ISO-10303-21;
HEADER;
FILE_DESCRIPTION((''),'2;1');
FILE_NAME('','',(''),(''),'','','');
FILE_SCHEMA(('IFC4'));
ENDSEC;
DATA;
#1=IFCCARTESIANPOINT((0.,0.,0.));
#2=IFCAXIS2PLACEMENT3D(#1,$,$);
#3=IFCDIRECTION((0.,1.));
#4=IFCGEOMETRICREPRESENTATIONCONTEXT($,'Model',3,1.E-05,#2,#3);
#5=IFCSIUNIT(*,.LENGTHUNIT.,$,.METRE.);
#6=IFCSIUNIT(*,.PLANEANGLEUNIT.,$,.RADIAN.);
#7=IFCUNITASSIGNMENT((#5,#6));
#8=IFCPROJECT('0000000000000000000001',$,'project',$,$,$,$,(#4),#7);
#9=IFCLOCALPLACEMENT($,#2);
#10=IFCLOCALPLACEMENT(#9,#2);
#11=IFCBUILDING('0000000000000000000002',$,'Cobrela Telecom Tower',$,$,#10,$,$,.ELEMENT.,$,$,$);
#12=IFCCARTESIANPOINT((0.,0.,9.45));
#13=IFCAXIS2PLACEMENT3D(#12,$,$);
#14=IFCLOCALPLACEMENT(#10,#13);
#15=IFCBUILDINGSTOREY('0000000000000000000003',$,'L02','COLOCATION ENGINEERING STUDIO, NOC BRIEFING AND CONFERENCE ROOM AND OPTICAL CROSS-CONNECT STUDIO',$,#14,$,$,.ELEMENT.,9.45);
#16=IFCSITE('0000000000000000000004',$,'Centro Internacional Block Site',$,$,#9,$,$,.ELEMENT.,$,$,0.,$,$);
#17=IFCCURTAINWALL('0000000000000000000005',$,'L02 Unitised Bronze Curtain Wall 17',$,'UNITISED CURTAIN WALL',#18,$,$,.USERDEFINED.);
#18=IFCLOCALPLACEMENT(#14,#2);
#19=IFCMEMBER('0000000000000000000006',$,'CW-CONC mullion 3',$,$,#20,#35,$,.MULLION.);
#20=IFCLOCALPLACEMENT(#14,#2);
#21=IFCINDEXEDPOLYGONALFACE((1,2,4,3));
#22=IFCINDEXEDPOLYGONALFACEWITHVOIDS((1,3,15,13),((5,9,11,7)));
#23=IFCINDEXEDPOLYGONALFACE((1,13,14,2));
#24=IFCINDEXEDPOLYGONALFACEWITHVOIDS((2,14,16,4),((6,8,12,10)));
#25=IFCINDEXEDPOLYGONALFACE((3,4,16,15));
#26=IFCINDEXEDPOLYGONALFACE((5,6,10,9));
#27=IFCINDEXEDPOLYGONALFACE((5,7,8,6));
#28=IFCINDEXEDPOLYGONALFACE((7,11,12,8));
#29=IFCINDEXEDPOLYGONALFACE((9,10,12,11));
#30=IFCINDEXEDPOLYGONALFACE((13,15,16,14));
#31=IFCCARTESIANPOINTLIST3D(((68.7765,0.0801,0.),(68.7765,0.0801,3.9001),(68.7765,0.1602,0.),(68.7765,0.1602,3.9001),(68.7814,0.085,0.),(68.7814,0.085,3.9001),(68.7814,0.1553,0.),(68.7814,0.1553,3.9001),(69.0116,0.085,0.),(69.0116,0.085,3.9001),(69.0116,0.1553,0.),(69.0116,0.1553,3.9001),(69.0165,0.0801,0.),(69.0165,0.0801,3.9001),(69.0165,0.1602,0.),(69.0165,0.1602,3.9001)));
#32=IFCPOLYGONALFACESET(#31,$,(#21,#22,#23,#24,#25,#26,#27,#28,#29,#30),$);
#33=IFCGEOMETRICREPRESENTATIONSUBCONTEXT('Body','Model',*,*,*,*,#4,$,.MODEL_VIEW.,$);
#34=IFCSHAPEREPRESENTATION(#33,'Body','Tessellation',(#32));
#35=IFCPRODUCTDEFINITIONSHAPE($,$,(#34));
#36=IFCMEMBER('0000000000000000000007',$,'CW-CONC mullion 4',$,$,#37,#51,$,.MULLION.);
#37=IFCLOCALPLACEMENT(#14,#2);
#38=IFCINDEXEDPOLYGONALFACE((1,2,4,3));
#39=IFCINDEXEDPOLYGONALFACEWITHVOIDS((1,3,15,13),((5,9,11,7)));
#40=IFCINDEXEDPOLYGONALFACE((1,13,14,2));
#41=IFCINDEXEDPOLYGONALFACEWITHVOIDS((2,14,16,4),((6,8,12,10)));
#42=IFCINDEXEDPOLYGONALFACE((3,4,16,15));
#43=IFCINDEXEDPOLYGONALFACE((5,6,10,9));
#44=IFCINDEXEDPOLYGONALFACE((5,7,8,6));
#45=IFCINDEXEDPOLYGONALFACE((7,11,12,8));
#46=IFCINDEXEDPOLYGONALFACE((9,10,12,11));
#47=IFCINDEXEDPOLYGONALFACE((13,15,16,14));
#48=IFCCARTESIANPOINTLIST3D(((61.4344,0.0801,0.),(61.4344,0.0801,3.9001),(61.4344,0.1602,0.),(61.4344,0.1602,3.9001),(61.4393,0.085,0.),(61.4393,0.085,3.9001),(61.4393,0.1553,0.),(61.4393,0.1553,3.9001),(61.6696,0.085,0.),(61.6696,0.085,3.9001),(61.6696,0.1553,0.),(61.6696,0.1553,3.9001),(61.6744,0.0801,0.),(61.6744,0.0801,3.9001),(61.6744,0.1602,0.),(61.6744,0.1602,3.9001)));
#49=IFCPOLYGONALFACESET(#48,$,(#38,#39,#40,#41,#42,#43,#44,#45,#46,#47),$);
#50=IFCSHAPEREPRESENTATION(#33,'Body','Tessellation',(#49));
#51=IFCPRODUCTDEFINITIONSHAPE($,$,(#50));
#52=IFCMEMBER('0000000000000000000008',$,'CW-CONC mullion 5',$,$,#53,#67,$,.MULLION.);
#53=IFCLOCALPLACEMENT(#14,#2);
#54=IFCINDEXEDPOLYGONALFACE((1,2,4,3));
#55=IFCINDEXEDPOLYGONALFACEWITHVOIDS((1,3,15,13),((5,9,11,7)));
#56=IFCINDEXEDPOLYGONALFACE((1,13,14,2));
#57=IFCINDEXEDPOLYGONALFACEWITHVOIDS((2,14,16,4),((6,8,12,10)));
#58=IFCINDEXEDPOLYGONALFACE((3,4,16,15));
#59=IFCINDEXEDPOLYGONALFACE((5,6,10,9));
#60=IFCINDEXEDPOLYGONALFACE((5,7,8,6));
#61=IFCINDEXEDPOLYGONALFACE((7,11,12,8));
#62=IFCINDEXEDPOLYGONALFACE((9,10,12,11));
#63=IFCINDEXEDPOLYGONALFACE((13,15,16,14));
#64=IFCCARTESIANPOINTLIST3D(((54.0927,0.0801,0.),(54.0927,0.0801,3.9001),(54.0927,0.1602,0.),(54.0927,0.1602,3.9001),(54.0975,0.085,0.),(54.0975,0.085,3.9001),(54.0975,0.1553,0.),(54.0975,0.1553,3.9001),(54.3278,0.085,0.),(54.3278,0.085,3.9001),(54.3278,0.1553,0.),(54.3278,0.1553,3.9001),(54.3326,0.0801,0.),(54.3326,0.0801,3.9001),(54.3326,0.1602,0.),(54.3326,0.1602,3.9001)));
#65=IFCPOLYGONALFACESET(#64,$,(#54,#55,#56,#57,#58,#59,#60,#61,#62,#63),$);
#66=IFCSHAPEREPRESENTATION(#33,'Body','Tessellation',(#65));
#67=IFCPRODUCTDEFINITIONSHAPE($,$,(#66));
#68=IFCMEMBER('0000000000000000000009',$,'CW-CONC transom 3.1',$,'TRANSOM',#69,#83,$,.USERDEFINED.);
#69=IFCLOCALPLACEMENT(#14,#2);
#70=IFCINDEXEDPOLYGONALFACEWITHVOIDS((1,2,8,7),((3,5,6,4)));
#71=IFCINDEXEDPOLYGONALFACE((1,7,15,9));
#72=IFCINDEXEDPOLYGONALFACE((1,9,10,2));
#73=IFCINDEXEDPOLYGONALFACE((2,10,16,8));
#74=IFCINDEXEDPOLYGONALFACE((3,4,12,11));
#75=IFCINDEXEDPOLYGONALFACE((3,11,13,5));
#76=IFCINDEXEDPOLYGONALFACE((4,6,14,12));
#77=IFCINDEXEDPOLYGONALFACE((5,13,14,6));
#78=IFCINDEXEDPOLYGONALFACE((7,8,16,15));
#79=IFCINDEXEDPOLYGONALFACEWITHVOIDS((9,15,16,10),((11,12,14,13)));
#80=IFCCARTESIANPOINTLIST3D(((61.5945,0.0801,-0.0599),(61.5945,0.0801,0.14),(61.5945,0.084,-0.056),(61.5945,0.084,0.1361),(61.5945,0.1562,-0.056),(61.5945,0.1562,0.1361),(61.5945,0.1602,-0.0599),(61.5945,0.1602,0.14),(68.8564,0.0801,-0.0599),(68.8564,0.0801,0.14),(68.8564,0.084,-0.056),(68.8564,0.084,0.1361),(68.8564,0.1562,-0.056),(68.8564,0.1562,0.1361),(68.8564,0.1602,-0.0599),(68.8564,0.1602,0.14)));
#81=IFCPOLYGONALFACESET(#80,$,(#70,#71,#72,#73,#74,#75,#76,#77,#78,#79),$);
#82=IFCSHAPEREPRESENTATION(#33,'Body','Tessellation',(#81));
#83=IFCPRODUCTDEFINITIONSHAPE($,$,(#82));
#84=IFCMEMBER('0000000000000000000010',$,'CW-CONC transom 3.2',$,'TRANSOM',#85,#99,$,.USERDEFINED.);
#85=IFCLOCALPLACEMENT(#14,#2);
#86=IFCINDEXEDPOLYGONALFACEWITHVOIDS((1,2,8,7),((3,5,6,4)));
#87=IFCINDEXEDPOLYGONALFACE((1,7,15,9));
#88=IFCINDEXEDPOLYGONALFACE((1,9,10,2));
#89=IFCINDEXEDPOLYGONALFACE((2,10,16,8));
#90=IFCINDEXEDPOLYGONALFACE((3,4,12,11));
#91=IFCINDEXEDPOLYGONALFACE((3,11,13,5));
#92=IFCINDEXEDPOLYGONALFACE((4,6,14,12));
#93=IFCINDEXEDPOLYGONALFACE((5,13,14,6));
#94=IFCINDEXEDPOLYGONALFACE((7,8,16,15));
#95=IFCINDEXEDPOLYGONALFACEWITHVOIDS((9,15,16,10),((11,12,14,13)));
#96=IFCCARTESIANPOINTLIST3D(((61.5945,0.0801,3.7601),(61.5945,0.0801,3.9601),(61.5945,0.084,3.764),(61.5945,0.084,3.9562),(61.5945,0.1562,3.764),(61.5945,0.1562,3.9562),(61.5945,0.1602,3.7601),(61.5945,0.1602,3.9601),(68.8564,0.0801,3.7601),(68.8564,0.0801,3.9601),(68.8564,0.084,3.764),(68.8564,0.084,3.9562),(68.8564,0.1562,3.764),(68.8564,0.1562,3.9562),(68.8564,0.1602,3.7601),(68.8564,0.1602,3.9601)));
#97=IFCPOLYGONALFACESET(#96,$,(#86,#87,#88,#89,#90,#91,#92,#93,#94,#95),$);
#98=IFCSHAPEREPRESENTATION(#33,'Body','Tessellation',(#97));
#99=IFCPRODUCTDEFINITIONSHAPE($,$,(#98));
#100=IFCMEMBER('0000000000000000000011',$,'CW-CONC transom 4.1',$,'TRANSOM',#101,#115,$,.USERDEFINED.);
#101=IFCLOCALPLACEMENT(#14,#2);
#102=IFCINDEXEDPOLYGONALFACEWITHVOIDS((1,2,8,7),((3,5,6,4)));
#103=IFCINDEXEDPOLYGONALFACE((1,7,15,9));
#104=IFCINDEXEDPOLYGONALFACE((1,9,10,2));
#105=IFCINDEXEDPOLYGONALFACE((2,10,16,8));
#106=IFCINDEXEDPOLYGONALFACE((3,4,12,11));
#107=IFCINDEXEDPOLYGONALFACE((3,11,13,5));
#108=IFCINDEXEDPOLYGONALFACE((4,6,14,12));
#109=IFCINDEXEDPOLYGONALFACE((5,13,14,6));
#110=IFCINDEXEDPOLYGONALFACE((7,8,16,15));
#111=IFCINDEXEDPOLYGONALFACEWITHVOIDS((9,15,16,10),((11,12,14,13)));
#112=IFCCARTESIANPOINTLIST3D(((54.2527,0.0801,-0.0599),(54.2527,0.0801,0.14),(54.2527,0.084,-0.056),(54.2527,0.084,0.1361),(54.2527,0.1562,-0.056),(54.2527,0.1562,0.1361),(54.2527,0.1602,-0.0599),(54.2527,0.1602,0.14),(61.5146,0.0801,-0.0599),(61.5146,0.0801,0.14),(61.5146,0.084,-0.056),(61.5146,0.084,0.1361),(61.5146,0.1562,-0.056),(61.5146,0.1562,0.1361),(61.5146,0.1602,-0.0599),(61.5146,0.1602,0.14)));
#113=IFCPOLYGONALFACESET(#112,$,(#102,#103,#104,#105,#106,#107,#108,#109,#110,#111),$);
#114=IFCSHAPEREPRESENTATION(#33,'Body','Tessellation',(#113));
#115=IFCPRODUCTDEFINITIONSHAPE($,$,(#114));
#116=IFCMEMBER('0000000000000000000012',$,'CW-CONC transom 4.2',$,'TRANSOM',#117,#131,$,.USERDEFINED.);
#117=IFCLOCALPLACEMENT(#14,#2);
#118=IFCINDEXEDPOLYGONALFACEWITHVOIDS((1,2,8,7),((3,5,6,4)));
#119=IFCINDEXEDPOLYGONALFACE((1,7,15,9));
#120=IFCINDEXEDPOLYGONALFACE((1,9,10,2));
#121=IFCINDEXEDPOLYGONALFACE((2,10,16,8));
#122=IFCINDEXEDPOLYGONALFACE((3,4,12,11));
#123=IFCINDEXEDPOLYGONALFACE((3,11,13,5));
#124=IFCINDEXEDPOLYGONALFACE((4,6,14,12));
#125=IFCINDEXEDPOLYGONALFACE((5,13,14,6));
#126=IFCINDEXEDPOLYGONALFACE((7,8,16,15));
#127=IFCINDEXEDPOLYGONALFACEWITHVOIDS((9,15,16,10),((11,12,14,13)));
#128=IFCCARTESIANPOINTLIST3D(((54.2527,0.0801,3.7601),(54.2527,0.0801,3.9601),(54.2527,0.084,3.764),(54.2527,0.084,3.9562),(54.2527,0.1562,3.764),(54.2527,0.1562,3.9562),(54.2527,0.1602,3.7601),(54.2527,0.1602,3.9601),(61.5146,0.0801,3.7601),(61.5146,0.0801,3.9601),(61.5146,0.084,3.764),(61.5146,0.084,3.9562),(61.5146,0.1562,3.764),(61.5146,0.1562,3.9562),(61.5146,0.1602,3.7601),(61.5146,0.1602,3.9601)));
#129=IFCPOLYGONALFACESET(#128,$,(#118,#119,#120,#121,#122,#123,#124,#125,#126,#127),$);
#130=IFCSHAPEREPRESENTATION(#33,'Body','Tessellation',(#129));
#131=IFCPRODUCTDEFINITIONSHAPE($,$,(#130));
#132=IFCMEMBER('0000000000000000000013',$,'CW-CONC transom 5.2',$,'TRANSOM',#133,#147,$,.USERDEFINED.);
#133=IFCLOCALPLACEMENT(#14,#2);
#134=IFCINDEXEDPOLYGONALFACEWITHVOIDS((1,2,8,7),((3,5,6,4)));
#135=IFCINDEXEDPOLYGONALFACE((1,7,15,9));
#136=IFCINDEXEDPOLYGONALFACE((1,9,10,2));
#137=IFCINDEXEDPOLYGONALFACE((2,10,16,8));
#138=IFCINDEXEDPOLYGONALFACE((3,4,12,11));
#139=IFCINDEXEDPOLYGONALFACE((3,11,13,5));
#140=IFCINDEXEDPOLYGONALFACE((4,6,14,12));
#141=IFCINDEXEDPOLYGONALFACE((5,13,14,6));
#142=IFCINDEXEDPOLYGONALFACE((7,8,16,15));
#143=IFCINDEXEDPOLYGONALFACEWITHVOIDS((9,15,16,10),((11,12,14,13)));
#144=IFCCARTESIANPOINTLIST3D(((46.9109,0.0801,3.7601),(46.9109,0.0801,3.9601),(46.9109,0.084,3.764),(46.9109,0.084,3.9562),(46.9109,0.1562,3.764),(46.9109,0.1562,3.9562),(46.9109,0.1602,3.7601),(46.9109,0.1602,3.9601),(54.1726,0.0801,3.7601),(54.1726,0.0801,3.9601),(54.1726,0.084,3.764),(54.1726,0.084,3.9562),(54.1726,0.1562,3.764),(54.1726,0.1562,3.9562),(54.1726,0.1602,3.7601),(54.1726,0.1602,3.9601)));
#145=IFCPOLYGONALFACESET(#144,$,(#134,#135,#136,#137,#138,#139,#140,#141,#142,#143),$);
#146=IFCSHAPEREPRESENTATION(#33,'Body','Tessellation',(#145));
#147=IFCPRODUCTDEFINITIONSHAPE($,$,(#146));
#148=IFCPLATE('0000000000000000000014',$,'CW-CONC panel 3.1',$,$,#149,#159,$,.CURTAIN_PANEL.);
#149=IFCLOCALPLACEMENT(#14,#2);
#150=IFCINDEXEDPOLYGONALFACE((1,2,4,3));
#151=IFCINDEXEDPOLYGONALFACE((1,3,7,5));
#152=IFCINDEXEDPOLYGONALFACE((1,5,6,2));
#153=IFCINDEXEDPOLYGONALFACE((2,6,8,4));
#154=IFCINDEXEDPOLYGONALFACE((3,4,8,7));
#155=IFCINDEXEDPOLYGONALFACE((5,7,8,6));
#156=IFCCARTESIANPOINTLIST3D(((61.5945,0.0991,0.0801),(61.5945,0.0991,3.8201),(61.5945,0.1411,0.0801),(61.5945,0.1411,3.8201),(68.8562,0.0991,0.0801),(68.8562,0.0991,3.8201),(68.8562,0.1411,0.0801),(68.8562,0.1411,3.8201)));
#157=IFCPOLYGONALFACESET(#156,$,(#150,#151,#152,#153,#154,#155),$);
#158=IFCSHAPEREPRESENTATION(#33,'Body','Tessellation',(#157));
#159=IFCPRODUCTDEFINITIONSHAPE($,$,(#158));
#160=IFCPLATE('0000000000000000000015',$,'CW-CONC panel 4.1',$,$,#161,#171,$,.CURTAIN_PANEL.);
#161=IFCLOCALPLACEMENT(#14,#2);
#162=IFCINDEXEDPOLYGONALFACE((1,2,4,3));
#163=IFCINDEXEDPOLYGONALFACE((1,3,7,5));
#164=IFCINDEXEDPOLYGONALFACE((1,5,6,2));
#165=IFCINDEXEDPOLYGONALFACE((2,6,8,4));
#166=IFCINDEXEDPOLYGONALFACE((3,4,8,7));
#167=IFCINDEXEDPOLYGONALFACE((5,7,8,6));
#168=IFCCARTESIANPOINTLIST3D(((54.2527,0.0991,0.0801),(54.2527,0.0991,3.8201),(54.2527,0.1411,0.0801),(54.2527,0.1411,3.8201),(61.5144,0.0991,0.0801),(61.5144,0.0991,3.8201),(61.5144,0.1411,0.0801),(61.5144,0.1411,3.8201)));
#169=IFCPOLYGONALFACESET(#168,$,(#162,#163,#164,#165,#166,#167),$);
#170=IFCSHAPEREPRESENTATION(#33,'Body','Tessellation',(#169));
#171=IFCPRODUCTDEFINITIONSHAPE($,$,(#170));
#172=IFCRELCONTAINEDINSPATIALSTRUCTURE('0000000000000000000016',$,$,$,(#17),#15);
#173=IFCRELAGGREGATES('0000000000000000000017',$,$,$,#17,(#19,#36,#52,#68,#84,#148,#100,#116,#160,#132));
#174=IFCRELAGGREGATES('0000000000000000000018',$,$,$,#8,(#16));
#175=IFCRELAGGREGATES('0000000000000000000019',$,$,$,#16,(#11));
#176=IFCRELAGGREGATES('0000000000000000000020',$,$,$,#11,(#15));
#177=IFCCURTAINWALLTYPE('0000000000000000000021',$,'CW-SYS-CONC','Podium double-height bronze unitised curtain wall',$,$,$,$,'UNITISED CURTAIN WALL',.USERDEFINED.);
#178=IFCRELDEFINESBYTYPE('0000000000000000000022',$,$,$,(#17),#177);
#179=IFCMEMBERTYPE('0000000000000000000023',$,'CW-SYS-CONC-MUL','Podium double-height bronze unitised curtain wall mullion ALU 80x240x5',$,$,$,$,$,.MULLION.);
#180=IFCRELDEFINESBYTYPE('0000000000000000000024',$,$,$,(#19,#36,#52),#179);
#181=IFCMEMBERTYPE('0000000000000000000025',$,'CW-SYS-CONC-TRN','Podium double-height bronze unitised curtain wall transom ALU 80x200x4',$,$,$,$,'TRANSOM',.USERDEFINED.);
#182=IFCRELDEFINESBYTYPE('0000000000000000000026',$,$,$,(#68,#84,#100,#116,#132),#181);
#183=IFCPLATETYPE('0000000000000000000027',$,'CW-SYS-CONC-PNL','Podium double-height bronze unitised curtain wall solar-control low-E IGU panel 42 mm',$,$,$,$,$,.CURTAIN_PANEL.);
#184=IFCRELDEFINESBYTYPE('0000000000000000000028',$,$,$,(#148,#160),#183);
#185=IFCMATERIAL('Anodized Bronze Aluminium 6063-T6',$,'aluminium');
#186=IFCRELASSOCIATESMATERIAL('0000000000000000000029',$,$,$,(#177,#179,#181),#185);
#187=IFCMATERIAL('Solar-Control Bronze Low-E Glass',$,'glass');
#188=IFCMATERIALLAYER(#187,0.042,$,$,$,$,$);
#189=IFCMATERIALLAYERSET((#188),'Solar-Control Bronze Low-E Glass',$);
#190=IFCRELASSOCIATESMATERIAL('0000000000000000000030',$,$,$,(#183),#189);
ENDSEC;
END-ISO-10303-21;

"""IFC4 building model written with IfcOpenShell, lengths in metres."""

from ifc_helpers import new_model, si_unit, direction, frame, origin, origin_2d, place, context, subcontext, project, spatial, rectangle, hollow_rectangle, extrude, material, layer, layer_set, material_profile, profile_set, type_object, element, aggregate, save


model = new_model("IFC4")

# Units and contexts
model_context = context("Model", 3, precision=1e-05, world=origin(), true_north=direction((0.0, 1.0)))
body_context = subcontext(model_context, "Body", "Model", "MODEL_VIEW")
ifc_project = project(units=[si_unit("LENGTHUNIT", "METRE"), si_unit("PLANEANGLEUNIT", "RADIAN")], contexts=[model_context])

# Site, building, storey
site_placement = place(None, origin())
site = spatial("IfcSite", under=ifc_project, at=site_placement, Name="Centro Internacional Block Site", CompositionType="ELEMENT", RefElevation=0.0)
building_placement = place(site_placement, origin())
building = spatial("IfcBuilding", under=site, at=building_placement, Name="Cobrela Telecom Tower", CompositionType="ELEMENT")
storey_placement = place(building_placement, frame((0.0, 0.0, 9.45)))
storey = spatial("IfcBuildingStorey", under=building, at=storey_placement, Name="L02", Description="COLOCATION ENGINEERING STUDIO, NOC BRIEFING AND CONFERENCE ROOM AND OPTICAL CROSS-CONNECT STUDIO", CompositionType="ELEMENT", Elevation=9.45)

# Curtain wall, members, plates
ifc_material_1 = material(Name="Anodized Bronze Aluminium 6063-T6", Category="aluminium")
curtain_wall_type = type_object("IfcCurtainWallType", Name="CW-SYS-CONC", Description="Podium double-height bronze unitised curtain wall", ElementType="UNITISED CURTAIN WALL", PredefinedType="USERDEFINED", material=ifc_material_1)
curtain_wall_placement = place(storey_placement, origin())
curtain_wall = element("IfcCurtainWall", 1, at=curtain_wall_placement, inside=storey, type_object=curtain_wall_type, Name="L02 Unitised Bronze Curtain Wall 17", ObjectType="UNITISED CURTAIN WALL", PredefinedType="USERDEFINED")
ifc_material_profile_1 = material_profile(ifc_material_1, hollow_rectangle(XDim=0.0801, YDim=0.24, WallThickness=0.0049, at=origin_2d()), Name="ALU 80x240x5")
ifc_profile_set_1 = profile_set([ifc_material_profile_1], Name="Anodized Bronze Aluminium 6063-T6")
member_type_1 = type_object("IfcMemberType", Name="CW-SYS-CONC-MUL", Description="Podium double-height bronze unitised curtain wall mullion ALU 80x240x5", PredefinedType="MULLION", material=ifc_profile_set_1)
member_1_placement = place(storey_placement, frame((68.8965, 0.1201, 0.0), z_axis=(0.0, 0.0, 1.0), x_axis=(0.0, -1.0, 0.0)))
member_1 = element("IfcMember", 2, at=member_1_placement, type_object=member_type_1, Name="CW-CONC mullion 3", PredefinedType="MULLION", context=body_context, shape_type="SweptSolid", body=[
    extrude(hollow_rectangle(XDim=0.0801, YDim=0.24, WallThickness=0.0049, at=origin_2d()), origin(), (0.0, 0.0, 1.0), 3.9001),
])
member_2_placement = place(storey_placement, frame((61.5544, 0.1201, 0.0), z_axis=(0.0, 0.0, 1.0), x_axis=(0.0, -1.0, 0.0)))
member_2 = element("IfcMember", 3, at=member_2_placement, type_object=member_type_1, Name="CW-CONC mullion 4", PredefinedType="MULLION", context=body_context, shape_type="SweptSolid", body=[
    extrude(hollow_rectangle(XDim=0.0801, YDim=0.24, WallThickness=0.0049, at=origin_2d()), origin(), (0.0, 0.0, 1.0), 3.9001),
])
member_3_placement = place(storey_placement, frame((54.2126, 0.1201, 0.0), z_axis=(0.0, 0.0, 1.0), x_axis=(0.0, -1.0, 0.0)))
member_3 = element("IfcMember", 4, at=member_3_placement, type_object=member_type_1, Name="CW-CONC mullion 5", PredefinedType="MULLION", context=body_context, shape_type="SweptSolid", body=[
    extrude(hollow_rectangle(XDim=0.0801, YDim=0.24, WallThickness=0.0049, at=origin_2d()), origin(), (0.0, 0.0, 1.0), 3.9001),
])
ifc_material_profile_2 = material_profile(ifc_material_1, hollow_rectangle(XDim=0.0801, YDim=0.2, WallThickness=0.0039, at=origin_2d()), Name="ALU 80x200x4")
ifc_profile_set_2 = profile_set([ifc_material_profile_2], Name="Anodized Bronze Aluminium 6063-T6")
member_type_2 = type_object("IfcMemberType", Name="CW-SYS-CONC-TRN", Description="Podium double-height bronze unitised curtain wall transom ALU 80x200x4", ElementType="TRANSOM", PredefinedType="USERDEFINED", material=ifc_profile_set_2)
member_4_placement = place(storey_placement, frame((68.8564, 0.1201, 0.04), z_axis=(-1.0, 0.0, 0.0), x_axis=(0.0, -1.0, 0.0)))
member_4 = element("IfcMember", 5, at=member_4_placement, type_object=member_type_2, Name="CW-CONC transom 3.1", ObjectType="TRANSOM", PredefinedType="USERDEFINED", context=body_context, shape_type="SweptSolid", body=[
    extrude(hollow_rectangle(XDim=0.0801, YDim=0.2, WallThickness=0.0039, at=origin_2d()), origin(), (0.0, 0.0, 1.0), 7.262),
])
member_5_placement = place(storey_placement, frame((68.8564, 0.1201, 3.8601), z_axis=(-1.0, 0.0, 0.0), x_axis=(0.0, -1.0, 0.0)))
member_5 = element("IfcMember", 6, at=member_5_placement, type_object=member_type_2, Name="CW-CONC transom 3.2", ObjectType="TRANSOM", PredefinedType="USERDEFINED", context=body_context, shape_type="SweptSolid", body=[
    extrude(hollow_rectangle(XDim=0.0801, YDim=0.2, WallThickness=0.0039, at=origin_2d()), origin(), (0.0, 0.0, 1.0), 7.262),
])
member_6_placement = place(storey_placement, frame((61.5146, 0.1201, 0.04), z_axis=(-1.0, 0.0, 0.0), x_axis=(0.0, -1.0, 0.0)))
member_6 = element("IfcMember", 7, at=member_6_placement, type_object=member_type_2, Name="CW-CONC transom 4.1", ObjectType="TRANSOM", PredefinedType="USERDEFINED", context=body_context, shape_type="SweptSolid", body=[
    extrude(hollow_rectangle(XDim=0.0801, YDim=0.2, WallThickness=0.0039, at=origin_2d()), origin(), (0.0, 0.0, 1.0), 7.262),
])
member_7_placement = place(storey_placement, frame((61.5146, 0.1201, 3.8601), z_axis=(-1.0, 0.0, 0.0), x_axis=(0.0, -1.0, 0.0)))
member_7 = element("IfcMember", 8, at=member_7_placement, type_object=member_type_2, Name="CW-CONC transom 4.2", ObjectType="TRANSOM", PredefinedType="USERDEFINED", context=body_context, shape_type="SweptSolid", body=[
    extrude(hollow_rectangle(XDim=0.0801, YDim=0.2, WallThickness=0.0039, at=origin_2d()), origin(), (0.0, 0.0, 1.0), 7.262),
])
member_8_placement = place(storey_placement, frame((54.1726, 0.1201, 3.8601), z_axis=(-1.0, 0.0, 0.0), x_axis=(0.0, -1.0, 0.0)))
member_8 = element("IfcMember", 9, at=member_8_placement, type_object=member_type_2, Name="CW-CONC transom 5.2", ObjectType="TRANSOM", PredefinedType="USERDEFINED", context=body_context, shape_type="SweptSolid", body=[
    extrude(hollow_rectangle(XDim=0.0801, YDim=0.2, WallThickness=0.0039, at=origin_2d()), origin(), (0.0, 0.0, 1.0), 7.2617),
])
ifc_material_2 = material(Name="Solar-Control Bronze Low-E Glass", Category="glass")
ifc_layer_1 = layer(ifc_material_2, 0.042)
ifc_layer_set_1 = layer_set([ifc_layer_1], Name="Solar-Control Bronze Low-E Glass")
plate_type = type_object("IfcPlateType", Name="CW-SYS-CONC-PNL", Description="Podium double-height bronze unitised curtain wall solar-control low-E IGU panel 42 mm", PredefinedType="CURTAIN_PANEL", material=ifc_layer_set_1)
plate_1_placement = place(storey_placement, frame((65.2253, 0.1201, 0.0801), z_axis=(0.0, 0.0, 1.0), x_axis=(-1.0, 0.0, 0.0)))
plate_1 = element("IfcPlate", 10, at=plate_1_placement, type_object=plate_type, Name="CW-CONC panel 3.1", PredefinedType="CURTAIN_PANEL", context=body_context, shape_type="SweptSolid", body=[
    extrude(rectangle(XDim=7.2617, YDim=0.042, at=origin_2d()), origin(), (0.0, 0.0, 1.0), 3.74),
])
plate_2_placement = place(storey_placement, frame((57.8835, 0.1201, 0.0801), z_axis=(0.0, 0.0, 1.0), x_axis=(-1.0, 0.0, 0.0)))
plate_2 = element("IfcPlate", 11, at=plate_2_placement, type_object=plate_type, Name="CW-CONC panel 4.1", PredefinedType="CURTAIN_PANEL", context=body_context, shape_type="SweptSolid", body=[
    extrude(rectangle(XDim=7.2617, YDim=0.042, at=origin_2d()), origin(), (0.0, 0.0, 1.0), 3.74),
])
aggregate(curtain_wall, [member_1, member_2, member_3, member_4, member_5, plate_1, member_6, member_7, plate_2, member_8])

save(model, "model.ifc")
